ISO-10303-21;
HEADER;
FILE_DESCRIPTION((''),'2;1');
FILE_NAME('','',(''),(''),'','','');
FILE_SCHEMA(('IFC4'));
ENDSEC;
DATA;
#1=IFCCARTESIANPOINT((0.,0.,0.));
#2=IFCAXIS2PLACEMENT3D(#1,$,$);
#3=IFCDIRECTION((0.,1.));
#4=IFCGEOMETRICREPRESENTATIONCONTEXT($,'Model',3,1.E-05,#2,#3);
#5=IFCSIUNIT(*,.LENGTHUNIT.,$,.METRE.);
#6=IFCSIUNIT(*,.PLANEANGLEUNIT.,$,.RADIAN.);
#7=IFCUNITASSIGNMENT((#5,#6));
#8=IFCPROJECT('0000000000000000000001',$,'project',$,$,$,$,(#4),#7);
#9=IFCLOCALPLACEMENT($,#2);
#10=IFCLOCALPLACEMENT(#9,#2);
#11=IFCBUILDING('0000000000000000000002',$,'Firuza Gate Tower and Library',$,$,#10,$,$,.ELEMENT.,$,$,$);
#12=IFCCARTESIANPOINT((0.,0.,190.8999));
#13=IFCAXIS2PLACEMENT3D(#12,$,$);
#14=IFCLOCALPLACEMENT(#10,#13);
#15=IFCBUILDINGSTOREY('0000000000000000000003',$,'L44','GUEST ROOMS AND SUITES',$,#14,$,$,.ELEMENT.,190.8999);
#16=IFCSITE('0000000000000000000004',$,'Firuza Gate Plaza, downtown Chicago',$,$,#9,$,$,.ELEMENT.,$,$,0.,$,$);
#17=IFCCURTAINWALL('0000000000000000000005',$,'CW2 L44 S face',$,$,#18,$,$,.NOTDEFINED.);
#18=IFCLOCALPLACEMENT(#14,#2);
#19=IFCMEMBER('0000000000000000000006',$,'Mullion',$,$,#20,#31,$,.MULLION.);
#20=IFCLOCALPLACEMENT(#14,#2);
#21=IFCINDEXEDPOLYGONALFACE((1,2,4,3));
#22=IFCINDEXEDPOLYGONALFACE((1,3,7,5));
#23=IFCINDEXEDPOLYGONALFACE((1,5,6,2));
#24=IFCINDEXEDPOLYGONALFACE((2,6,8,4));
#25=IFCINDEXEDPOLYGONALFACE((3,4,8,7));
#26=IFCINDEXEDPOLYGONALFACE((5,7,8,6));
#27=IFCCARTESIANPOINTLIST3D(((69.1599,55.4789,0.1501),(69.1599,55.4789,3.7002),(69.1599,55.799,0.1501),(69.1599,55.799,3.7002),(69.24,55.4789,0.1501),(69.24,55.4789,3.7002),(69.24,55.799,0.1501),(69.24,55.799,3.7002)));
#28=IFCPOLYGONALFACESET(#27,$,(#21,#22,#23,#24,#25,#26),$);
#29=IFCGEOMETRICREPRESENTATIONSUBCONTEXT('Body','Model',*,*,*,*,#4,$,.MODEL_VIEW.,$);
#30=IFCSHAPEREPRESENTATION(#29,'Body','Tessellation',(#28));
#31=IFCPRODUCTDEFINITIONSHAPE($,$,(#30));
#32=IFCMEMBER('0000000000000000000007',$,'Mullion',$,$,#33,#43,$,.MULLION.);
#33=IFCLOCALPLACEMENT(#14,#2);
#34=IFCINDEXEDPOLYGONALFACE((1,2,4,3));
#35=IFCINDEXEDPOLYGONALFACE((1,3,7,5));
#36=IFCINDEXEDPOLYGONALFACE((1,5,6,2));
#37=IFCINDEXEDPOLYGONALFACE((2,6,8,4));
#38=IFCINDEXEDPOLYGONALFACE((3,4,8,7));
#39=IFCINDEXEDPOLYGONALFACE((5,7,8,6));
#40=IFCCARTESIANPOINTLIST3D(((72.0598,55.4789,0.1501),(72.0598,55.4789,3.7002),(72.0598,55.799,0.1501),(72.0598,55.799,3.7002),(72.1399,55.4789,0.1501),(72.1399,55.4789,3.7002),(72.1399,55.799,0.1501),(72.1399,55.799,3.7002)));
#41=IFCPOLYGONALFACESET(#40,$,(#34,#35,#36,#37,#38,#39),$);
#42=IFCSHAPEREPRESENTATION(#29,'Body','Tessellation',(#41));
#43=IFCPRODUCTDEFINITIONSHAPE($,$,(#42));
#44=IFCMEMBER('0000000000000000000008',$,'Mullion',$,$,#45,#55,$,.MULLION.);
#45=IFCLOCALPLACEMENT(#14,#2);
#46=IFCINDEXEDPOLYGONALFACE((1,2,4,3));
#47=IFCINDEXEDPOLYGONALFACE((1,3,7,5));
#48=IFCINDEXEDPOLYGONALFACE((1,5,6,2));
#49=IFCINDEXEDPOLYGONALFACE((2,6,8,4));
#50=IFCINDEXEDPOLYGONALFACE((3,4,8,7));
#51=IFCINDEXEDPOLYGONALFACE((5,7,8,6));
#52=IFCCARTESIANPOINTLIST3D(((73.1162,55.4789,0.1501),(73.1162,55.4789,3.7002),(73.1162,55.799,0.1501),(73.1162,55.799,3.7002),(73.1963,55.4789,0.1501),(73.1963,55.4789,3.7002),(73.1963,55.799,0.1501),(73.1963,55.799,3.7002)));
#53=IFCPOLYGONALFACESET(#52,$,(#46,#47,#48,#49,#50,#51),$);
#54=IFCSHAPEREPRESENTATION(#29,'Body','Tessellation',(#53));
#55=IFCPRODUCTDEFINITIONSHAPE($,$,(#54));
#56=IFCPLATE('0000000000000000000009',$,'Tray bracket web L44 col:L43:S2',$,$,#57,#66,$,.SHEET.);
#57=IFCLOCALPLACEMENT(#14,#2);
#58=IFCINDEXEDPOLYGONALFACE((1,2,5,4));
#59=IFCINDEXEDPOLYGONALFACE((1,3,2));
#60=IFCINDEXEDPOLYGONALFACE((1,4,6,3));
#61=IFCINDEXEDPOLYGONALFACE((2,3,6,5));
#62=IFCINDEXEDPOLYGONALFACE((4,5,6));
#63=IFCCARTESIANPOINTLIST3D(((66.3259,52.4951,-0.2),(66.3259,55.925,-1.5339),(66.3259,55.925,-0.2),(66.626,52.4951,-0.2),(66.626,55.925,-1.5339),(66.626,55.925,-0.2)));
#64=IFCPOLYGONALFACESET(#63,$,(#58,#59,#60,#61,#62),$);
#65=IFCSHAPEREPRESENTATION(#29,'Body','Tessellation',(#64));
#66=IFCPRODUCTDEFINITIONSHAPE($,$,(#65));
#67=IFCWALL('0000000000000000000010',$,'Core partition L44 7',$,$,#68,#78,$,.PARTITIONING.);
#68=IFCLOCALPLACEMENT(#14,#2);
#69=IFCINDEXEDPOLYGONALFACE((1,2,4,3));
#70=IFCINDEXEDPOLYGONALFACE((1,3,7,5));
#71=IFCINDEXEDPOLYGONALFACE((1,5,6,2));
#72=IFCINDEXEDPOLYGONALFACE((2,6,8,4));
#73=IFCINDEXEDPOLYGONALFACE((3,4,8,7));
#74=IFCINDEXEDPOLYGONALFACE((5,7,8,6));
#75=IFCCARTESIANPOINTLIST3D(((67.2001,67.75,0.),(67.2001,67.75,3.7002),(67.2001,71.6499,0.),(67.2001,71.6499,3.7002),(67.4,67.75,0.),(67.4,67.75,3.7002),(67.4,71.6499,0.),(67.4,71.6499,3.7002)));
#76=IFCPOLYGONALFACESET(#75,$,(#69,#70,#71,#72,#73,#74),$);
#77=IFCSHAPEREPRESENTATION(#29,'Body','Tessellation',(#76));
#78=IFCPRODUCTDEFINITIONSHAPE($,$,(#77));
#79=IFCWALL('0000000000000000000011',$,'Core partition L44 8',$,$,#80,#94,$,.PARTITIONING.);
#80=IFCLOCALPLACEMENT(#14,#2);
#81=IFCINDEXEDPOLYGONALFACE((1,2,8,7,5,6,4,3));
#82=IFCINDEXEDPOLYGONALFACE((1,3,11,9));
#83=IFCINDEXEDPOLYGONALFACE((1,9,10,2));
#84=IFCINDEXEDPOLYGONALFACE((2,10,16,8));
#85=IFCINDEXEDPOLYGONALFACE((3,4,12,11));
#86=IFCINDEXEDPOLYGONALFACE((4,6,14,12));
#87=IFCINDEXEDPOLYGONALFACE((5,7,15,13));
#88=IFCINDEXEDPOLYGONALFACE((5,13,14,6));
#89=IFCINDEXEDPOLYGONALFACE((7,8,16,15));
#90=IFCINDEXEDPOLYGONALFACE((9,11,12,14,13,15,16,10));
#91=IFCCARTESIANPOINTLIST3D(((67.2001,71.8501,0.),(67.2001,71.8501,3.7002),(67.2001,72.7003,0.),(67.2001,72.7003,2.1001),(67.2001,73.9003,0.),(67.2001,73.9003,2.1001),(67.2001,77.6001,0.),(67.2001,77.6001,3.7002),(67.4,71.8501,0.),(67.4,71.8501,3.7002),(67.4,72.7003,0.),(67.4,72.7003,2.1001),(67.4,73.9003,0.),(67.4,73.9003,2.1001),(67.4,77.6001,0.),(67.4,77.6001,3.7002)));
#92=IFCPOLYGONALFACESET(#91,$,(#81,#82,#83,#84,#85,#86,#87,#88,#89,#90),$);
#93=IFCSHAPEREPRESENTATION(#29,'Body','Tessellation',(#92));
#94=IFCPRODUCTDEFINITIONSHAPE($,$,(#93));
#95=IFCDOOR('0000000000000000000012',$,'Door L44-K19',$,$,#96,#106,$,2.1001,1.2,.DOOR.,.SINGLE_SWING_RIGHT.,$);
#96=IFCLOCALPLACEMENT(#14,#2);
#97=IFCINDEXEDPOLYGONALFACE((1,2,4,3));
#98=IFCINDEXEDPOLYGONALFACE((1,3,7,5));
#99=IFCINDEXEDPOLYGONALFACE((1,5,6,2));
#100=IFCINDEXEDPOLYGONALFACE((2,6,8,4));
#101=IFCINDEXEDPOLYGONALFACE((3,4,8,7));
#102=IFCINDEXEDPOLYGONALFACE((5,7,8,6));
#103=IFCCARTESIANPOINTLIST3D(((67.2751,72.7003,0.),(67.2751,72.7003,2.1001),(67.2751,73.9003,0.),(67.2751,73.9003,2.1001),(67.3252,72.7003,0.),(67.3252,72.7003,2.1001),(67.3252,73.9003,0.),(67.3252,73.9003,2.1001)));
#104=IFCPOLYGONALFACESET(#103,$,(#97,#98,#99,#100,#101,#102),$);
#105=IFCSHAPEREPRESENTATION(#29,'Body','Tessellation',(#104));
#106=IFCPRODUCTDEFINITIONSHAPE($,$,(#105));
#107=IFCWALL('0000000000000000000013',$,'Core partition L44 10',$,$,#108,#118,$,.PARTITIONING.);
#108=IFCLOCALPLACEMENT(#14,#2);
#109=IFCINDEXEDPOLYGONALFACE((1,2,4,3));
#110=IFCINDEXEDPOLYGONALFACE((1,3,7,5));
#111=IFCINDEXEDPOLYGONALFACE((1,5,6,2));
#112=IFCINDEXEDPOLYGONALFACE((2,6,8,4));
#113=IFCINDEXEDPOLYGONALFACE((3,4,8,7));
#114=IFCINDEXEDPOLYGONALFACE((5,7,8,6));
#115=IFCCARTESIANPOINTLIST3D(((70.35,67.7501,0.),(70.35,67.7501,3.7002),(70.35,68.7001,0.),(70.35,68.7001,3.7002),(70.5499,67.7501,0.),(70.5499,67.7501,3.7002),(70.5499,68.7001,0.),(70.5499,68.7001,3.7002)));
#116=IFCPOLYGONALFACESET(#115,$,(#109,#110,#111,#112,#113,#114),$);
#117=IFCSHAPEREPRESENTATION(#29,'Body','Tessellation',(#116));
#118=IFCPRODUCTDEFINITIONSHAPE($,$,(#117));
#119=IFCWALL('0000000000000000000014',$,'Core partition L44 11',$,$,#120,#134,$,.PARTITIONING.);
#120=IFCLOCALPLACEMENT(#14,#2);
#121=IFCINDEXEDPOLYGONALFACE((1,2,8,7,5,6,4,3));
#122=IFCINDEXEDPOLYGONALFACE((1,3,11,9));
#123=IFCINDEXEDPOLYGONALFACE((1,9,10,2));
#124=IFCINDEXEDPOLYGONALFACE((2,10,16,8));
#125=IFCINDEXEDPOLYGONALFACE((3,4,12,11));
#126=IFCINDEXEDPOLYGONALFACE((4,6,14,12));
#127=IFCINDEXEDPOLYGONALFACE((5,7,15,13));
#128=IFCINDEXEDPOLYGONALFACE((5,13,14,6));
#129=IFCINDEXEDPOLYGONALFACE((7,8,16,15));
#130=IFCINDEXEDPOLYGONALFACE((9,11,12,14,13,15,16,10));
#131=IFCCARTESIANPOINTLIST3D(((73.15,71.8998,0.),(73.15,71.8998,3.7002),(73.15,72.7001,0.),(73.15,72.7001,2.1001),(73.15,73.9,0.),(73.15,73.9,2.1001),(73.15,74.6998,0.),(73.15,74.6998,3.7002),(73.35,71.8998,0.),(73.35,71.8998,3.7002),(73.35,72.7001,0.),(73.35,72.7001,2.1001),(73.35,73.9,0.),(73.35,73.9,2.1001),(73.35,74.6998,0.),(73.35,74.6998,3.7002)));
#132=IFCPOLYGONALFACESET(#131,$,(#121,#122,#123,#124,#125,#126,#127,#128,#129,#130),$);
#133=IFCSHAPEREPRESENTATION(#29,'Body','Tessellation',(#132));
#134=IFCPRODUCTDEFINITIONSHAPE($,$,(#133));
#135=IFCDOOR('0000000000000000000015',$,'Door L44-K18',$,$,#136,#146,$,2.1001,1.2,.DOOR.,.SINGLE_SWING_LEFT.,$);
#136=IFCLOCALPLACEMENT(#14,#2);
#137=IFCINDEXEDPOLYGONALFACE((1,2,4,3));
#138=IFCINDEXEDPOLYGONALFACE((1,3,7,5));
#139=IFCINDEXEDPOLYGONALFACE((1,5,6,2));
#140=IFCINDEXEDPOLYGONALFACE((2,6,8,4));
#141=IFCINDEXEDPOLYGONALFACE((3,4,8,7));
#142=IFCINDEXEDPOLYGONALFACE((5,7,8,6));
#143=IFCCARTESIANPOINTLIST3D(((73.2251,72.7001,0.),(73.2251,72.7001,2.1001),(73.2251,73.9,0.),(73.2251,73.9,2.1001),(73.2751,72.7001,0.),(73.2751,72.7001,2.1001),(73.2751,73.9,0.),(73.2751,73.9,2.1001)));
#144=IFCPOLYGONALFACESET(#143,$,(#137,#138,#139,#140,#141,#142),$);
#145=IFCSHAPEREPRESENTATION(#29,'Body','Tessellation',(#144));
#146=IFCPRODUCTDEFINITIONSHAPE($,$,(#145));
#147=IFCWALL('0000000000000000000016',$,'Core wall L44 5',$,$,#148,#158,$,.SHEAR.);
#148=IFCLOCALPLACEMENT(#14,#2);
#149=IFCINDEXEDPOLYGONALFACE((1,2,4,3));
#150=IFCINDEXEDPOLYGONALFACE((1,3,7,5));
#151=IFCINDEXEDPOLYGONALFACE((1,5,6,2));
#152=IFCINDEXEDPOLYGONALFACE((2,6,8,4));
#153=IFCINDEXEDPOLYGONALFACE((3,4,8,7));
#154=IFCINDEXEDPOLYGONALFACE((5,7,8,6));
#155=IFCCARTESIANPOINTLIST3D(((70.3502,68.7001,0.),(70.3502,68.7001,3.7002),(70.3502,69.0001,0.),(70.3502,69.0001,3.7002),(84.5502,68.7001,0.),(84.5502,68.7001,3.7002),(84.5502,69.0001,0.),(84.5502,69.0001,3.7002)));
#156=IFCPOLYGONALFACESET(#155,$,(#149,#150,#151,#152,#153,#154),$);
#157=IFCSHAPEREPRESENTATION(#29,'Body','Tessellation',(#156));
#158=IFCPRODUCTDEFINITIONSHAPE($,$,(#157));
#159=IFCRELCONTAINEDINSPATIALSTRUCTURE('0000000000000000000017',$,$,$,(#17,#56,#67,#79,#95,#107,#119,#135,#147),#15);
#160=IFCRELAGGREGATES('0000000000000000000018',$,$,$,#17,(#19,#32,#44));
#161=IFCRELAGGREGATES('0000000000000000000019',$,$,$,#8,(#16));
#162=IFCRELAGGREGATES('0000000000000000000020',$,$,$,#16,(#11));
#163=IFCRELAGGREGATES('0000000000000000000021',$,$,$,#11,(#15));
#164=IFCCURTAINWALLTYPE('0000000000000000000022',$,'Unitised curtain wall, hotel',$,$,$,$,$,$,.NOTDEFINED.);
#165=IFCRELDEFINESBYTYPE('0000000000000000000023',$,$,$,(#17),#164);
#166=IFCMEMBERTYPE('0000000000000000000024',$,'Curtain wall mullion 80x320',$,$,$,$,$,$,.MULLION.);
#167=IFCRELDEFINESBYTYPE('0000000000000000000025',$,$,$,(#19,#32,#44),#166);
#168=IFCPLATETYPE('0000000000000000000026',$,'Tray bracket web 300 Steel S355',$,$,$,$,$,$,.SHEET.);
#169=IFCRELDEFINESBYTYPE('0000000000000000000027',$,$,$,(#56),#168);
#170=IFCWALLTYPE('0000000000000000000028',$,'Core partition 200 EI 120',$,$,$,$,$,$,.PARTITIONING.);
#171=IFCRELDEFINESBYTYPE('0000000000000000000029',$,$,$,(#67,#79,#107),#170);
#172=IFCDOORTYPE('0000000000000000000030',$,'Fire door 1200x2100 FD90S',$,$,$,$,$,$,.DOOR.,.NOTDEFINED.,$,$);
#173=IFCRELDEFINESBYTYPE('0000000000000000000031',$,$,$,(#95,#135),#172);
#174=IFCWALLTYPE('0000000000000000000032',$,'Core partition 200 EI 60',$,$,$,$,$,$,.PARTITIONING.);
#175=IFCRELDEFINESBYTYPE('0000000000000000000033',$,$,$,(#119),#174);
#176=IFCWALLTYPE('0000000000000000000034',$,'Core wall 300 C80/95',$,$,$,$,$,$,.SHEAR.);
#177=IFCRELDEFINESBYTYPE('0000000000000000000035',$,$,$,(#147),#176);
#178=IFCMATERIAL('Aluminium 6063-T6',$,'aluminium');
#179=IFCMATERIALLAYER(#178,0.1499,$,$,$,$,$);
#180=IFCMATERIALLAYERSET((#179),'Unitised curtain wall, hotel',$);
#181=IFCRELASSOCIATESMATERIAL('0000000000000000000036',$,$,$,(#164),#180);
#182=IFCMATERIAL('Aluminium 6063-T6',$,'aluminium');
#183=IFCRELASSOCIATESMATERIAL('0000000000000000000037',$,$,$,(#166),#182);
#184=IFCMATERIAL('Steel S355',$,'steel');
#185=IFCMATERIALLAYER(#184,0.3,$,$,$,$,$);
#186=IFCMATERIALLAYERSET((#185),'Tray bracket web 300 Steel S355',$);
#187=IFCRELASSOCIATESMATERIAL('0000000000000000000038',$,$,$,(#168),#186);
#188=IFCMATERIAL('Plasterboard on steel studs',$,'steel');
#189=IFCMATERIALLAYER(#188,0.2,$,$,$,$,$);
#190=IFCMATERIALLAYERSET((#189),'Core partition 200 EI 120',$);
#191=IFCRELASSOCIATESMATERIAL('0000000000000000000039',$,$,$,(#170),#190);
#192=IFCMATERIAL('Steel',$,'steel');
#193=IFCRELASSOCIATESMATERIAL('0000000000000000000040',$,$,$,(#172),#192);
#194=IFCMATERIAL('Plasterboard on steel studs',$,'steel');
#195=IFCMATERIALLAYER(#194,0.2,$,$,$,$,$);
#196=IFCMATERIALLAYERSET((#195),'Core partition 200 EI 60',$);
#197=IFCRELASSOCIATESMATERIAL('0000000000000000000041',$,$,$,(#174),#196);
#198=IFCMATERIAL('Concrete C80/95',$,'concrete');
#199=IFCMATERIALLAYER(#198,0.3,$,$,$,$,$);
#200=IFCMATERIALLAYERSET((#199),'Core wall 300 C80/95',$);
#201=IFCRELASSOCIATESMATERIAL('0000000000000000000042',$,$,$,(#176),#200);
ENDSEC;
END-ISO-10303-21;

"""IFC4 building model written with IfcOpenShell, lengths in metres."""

from ifc_helpers import new_model, si_unit, direction, frame, frame_2d, origin, origin_2d, place, context, subcontext, project, spatial, polyline, rectangle, outline, extrude, material, layer, layer_set, material_profile, profile_set, type_object, element, fill, aggregate, save


model = new_model("IFC4")

# Units and contexts
model_context = context("Model", 3, precision=1e-05, world=origin(), true_north=direction((0.0, 1.0)))
body_context = subcontext(model_context, "Body", "Model", "MODEL_VIEW")
ifc_project = project(units=[si_unit("LENGTHUNIT", "METRE"), si_unit("PLANEANGLEUNIT", "RADIAN")], contexts=[model_context])

# Site, building, storey
site_placement = place(None, origin())
site = spatial("IfcSite", under=ifc_project, at=site_placement, Name="Firuza Gate Plaza, downtown Chicago", CompositionType="ELEMENT", RefElevation=0.0)
building_placement = place(site_placement, origin())
building = spatial("IfcBuilding", under=site, at=building_placement, Name="Firuza Gate Tower and Library", CompositionType="ELEMENT")
storey_placement = place(building_placement, frame((0.0, 0.0, 190.8999)))
storey = spatial("IfcBuildingStorey", under=building, at=storey_placement, Name="L44", Description="GUEST ROOMS AND SUITES", CompositionType="ELEMENT", Elevation=190.8999)

# Curtain wall, members
ifc_material_1 = material(Name="Aluminium 6063-T6", Category="aluminium")
ifc_layer_1 = layer(ifc_material_1, 0.1499)
ifc_layer_set_1 = layer_set([ifc_layer_1], Name="Unitised curtain wall, hotel")
curtain_wall_type = type_object("IfcCurtainWallType", Name="Unitised curtain wall, hotel", PredefinedType="NOTDEFINED", material=ifc_layer_set_1)
curtain_wall_placement = place(storey_placement, origin())
curtain_wall = element("IfcCurtainWall", 1, at=curtain_wall_placement, inside=storey, type_object=curtain_wall_type, Name="CW2 L44 S face", PredefinedType="NOTDEFINED")
ifc_material_2 = material(Name="Aluminium 6063-T6", Category="aluminium")
ifc_material_profile = material_profile(ifc_material_2, rectangle(XDim=0.3201, YDim=0.0801, at=origin_2d()))
ifc_profile_set = profile_set([ifc_material_profile], Name="Aluminium 6063-T6")
member_type = type_object("IfcMemberType", Name="Curtain wall mullion 80x320", PredefinedType="MULLION", material=ifc_profile_set)
member_1_placement = place(storey_placement, frame((69.2, 55.6389, 0.1501), z_axis=(0.0, 0.0, 1.0), x_axis=(0.0, 1.0, 0.0)))
member_1 = element("IfcMember", 2, at=member_1_placement, type_object=member_type, Name="Mullion", PredefinedType="MULLION", context=body_context, shape_type="SweptSolid", body=[
    extrude(rectangle(XDim=0.3201, YDim=0.0801, at=origin_2d()), origin(), (0.0, 0.0, 1.0), 3.55),
])
member_2_placement = place(storey_placement, frame((72.0999, 55.6389, 0.1501), z_axis=(0.0, 0.0, 1.0), x_axis=(0.0, 1.0, 0.0)))
member_2 = element("IfcMember", 3, at=member_2_placement, type_object=member_type, Name="Mullion", PredefinedType="MULLION", context=body_context, shape_type="SweptSolid", body=[
    extrude(rectangle(XDim=0.3201, YDim=0.0801, at=origin_2d()), origin(), (0.0, 0.0, 1.0), 3.55),
])
member_3_placement = place(storey_placement, frame((73.1562, 55.6389, 0.1501), z_axis=(0.0, 0.0, 1.0), x_axis=(0.0, 1.0, 0.0)))
member_3 = element("IfcMember", 4, at=member_3_placement, type_object=member_type, Name="Mullion", PredefinedType="MULLION", context=body_context, shape_type="SweptSolid", body=[
    extrude(rectangle(XDim=0.3201, YDim=0.0801, at=origin_2d()), origin(), (0.0, 0.0, 1.0), 3.55),
])
aggregate(curtain_wall, [member_1, member_2, member_3])

# Plate
ifc_material_3 = material(Name="Steel S355", Category="steel")
ifc_layer_2 = layer(ifc_material_3, 0.3)
ifc_layer_set_2 = layer_set([ifc_layer_2], Name="Tray bracket web 300 Steel S355")
plate_type = type_object("IfcPlateType", Name="Tray bracket web 300 Steel S355", PredefinedType="SHEET", material=ifc_layer_set_2)
plate_placement = place(storey_placement, frame((66.626, 55.925, -0.2), z_axis=(1.0, 0.0, 0.0), x_axis=(0.0, -1.0, 0.0)))
element("IfcPlate", 5, at=plate_placement, inside=storey, type_object=plate_type, Name="Tray bracket web L44 col:L43:S2", PredefinedType="SHEET", context=body_context, shape_type="SweptSolid", body=[
    extrude(outline(polyline([(0.0, 0.0), (3.4299, 0.0), (0.0, 1.334), (0.0, 0.0)])), origin(), (0.0, 0.0, -1.0), 0.3),
])

# Wall
ifc_material_4 = material(Name="Plasterboard on steel studs", Category="steel")
ifc_layer_3 = layer(ifc_material_4, 0.2)
ifc_layer_set_3 = layer_set([ifc_layer_3], Name="Core partition 200 EI 120")
wall_type_1 = type_object("IfcWallType", Name="Core partition 200 EI 120", PredefinedType="PARTITIONING", material=ifc_layer_set_3)
wall_1_placement = place(storey_placement, frame((67.3, 67.75, 0.0), z_axis=(0.0, 0.0, 1.0), x_axis=(0.0, 1.0, 0.0)))
element("IfcWall", 6, at=wall_1_placement, inside=storey, type_object=wall_type_1, Name="Core partition L44 7", PredefinedType="PARTITIONING", context=body_context, shape_type="SweptSolid", body=[
    extrude(rectangle(XDim=3.8999, YDim=0.2, at=frame_2d((1.95, 0.0))), origin(), (0.0, 0.0, 1.0), 3.7002),
])

# Wall, opening, door
wall_2_placement = place(storey_placement, frame((67.3, 71.8501, 0.0), z_axis=(0.0, 0.0, 1.0), x_axis=(0.0, 1.0, 0.0)))
wall_2 = element("IfcWall", 7, at=wall_2_placement, inside=storey, type_object=wall_type_1, Name="Core partition L44 8", PredefinedType="PARTITIONING", context=body_context, shape_type="SweptSolid", body=[
    extrude(rectangle(XDim=5.75, YDim=0.2, at=frame_2d((2.875, 0.0))), origin(), (0.0, 0.0, 1.0), 3.7002),
])
opening_1_placement = place(wall_2_placement, frame((0.8501, 0.0, 0.0)))
opening_1 = element("IfcOpeningElement", 8, at=opening_1_placement, cuts=wall_2, PredefinedType="OPENING", context=body_context, shape_type="SweptSolid", body=[
    extrude(rectangle(XDim=1.2, YDim=2.1001, at=frame_2d((0.6001, 1.05))), frame((0.0, 0.1099, 0.0), z_axis=(0.0, -1.0, 0.0), x_axis=(1.0, 0.0, 0.0)), (0.0, 0.0, 1.0), 0.22),
])
ifc_material_5 = material(Name="Steel", Category="steel")
door_type_1 = type_object("IfcDoorType", Name="Fire door 1200x2100 FD90S", OperationType="NOTDEFINED", PredefinedType="DOOR", material=ifc_material_5)
door_1_placement = place(opening_1_placement, origin())
door_1 = element("IfcDoor", 9, at=door_1_placement, inside=storey, type_object=door_type_1, Name="Door L44-K19", OperationType="SINGLE_SWING_RIGHT", OverallHeight=2.1001, OverallWidth=1.2, PredefinedType="DOOR", context=body_context, shape_type="SweptSolid", body=[
    extrude(rectangle(XDim=1.2, YDim=2.1001, at=frame_2d((0.6001, 1.05))), frame((0.0, 0.0249, 0.0), z_axis=(0.0, -1.0, 0.0), x_axis=(1.0, 0.0, 0.0)), (0.0, 0.0, 1.0), 0.05),
])
fill(opening_1, door_1)

# Wall
wall_3_placement = place(storey_placement, frame((70.45, 67.75, 0.0), z_axis=(0.0, 0.0, 1.0), x_axis=(0.0, 1.0, 0.0)))
element("IfcWall", 10, at=wall_3_placement, inside=storey, type_object=wall_type_1, Name="Core partition L44 10", PredefinedType="PARTITIONING", context=body_context, shape_type="SweptSolid", body=[
    extrude(rectangle(XDim=0.95, YDim=0.2, at=frame_2d((0.4751, 0.0))), origin(), (0.0, 0.0, 1.0), 3.7002),
])

# Wall, opening, door
ifc_material_6 = material(Name="Plasterboard on steel studs", Category="steel")
ifc_layer_4 = layer(ifc_material_6, 0.2)
ifc_layer_set_4 = layer_set([ifc_layer_4], Name="Core partition 200 EI 60")
wall_type_2 = type_object("IfcWallType", Name="Core partition 200 EI 60", PredefinedType="PARTITIONING", material=ifc_layer_set_4)
wall_4_placement = place(storey_placement, frame((73.25, 71.8999, 0.0), z_axis=(0.0, 0.0, 1.0), x_axis=(0.0, 1.0, 0.0)))
wall_4 = element("IfcWall", 11, at=wall_4_placement, inside=storey, type_object=wall_type_2, Name="Core partition L44 11", PredefinedType="PARTITIONING", context=body_context, shape_type="SweptSolid", body=[
    extrude(rectangle(XDim=2.8, YDim=0.2, at=frame_2d((1.3999, 0.0))), origin(), (0.0, 0.0, 1.0), 3.7002),
])
opening_2_placement = place(wall_4_placement, frame((0.8, 0.0, 0.0)))
opening_2 = element("IfcOpeningElement", 12, at=opening_2_placement, cuts=wall_4, PredefinedType="OPENING", context=body_context, shape_type="SweptSolid", body=[
    extrude(rectangle(XDim=1.2, YDim=2.1001, at=frame_2d((0.6001, 1.05))), frame((0.0, 0.1099, 0.0), z_axis=(0.0, -1.0, 0.0), x_axis=(1.0, 0.0, 0.0)), (0.0, 0.0, 1.0), 0.22),
])
door_2_placement = place(opening_2_placement, origin())
door_2 = element("IfcDoor", 13, at=door_2_placement, inside=storey, type_object=door_type_1, Name="Door L44-K18", OperationType="SINGLE_SWING_LEFT", OverallHeight=2.1001, OverallWidth=1.2, PredefinedType="DOOR", context=body_context, shape_type="SweptSolid", body=[
    extrude(rectangle(XDim=1.2, YDim=2.1001, at=frame_2d((0.6001, 1.05))), frame((0.0, 0.0249, 0.0), z_axis=(0.0, -1.0, 0.0), x_axis=(1.0, 0.0, 0.0)), (0.0, 0.0, 1.0), 0.05),
])
fill(opening_2, door_2)

# Wall
ifc_material_7 = material(Name="Concrete C80/95", Category="concrete")
ifc_layer_5 = layer(ifc_material_7, 0.3)
ifc_layer_set_5 = layer_set([ifc_layer_5], Name="Core wall 300 C80/95")
wall_type_3 = type_object("IfcWallType", Name="Core wall 300 C80/95", PredefinedType="SHEAR", material=ifc_layer_set_5)
wall_5_placement = place(storey_placement, frame((70.3501, 68.8501, 0.0), z_axis=(0.0, 0.0, 1.0), x_axis=(1.0, 0.0, 0.0)))
element("IfcWall", 14, at=wall_5_placement, inside=storey, type_object=wall_type_3, Name="Core wall L44 5", PredefinedType="SHEAR", context=body_context, shape_type="SweptSolid", body=[
    extrude(rectangle(XDim=14.2, YDim=0.3, at=frame_2d((7.1001, 0.0))), origin(), (0.0, 0.0, 1.0), 3.7002),
])

save(model, "model.ifc")
